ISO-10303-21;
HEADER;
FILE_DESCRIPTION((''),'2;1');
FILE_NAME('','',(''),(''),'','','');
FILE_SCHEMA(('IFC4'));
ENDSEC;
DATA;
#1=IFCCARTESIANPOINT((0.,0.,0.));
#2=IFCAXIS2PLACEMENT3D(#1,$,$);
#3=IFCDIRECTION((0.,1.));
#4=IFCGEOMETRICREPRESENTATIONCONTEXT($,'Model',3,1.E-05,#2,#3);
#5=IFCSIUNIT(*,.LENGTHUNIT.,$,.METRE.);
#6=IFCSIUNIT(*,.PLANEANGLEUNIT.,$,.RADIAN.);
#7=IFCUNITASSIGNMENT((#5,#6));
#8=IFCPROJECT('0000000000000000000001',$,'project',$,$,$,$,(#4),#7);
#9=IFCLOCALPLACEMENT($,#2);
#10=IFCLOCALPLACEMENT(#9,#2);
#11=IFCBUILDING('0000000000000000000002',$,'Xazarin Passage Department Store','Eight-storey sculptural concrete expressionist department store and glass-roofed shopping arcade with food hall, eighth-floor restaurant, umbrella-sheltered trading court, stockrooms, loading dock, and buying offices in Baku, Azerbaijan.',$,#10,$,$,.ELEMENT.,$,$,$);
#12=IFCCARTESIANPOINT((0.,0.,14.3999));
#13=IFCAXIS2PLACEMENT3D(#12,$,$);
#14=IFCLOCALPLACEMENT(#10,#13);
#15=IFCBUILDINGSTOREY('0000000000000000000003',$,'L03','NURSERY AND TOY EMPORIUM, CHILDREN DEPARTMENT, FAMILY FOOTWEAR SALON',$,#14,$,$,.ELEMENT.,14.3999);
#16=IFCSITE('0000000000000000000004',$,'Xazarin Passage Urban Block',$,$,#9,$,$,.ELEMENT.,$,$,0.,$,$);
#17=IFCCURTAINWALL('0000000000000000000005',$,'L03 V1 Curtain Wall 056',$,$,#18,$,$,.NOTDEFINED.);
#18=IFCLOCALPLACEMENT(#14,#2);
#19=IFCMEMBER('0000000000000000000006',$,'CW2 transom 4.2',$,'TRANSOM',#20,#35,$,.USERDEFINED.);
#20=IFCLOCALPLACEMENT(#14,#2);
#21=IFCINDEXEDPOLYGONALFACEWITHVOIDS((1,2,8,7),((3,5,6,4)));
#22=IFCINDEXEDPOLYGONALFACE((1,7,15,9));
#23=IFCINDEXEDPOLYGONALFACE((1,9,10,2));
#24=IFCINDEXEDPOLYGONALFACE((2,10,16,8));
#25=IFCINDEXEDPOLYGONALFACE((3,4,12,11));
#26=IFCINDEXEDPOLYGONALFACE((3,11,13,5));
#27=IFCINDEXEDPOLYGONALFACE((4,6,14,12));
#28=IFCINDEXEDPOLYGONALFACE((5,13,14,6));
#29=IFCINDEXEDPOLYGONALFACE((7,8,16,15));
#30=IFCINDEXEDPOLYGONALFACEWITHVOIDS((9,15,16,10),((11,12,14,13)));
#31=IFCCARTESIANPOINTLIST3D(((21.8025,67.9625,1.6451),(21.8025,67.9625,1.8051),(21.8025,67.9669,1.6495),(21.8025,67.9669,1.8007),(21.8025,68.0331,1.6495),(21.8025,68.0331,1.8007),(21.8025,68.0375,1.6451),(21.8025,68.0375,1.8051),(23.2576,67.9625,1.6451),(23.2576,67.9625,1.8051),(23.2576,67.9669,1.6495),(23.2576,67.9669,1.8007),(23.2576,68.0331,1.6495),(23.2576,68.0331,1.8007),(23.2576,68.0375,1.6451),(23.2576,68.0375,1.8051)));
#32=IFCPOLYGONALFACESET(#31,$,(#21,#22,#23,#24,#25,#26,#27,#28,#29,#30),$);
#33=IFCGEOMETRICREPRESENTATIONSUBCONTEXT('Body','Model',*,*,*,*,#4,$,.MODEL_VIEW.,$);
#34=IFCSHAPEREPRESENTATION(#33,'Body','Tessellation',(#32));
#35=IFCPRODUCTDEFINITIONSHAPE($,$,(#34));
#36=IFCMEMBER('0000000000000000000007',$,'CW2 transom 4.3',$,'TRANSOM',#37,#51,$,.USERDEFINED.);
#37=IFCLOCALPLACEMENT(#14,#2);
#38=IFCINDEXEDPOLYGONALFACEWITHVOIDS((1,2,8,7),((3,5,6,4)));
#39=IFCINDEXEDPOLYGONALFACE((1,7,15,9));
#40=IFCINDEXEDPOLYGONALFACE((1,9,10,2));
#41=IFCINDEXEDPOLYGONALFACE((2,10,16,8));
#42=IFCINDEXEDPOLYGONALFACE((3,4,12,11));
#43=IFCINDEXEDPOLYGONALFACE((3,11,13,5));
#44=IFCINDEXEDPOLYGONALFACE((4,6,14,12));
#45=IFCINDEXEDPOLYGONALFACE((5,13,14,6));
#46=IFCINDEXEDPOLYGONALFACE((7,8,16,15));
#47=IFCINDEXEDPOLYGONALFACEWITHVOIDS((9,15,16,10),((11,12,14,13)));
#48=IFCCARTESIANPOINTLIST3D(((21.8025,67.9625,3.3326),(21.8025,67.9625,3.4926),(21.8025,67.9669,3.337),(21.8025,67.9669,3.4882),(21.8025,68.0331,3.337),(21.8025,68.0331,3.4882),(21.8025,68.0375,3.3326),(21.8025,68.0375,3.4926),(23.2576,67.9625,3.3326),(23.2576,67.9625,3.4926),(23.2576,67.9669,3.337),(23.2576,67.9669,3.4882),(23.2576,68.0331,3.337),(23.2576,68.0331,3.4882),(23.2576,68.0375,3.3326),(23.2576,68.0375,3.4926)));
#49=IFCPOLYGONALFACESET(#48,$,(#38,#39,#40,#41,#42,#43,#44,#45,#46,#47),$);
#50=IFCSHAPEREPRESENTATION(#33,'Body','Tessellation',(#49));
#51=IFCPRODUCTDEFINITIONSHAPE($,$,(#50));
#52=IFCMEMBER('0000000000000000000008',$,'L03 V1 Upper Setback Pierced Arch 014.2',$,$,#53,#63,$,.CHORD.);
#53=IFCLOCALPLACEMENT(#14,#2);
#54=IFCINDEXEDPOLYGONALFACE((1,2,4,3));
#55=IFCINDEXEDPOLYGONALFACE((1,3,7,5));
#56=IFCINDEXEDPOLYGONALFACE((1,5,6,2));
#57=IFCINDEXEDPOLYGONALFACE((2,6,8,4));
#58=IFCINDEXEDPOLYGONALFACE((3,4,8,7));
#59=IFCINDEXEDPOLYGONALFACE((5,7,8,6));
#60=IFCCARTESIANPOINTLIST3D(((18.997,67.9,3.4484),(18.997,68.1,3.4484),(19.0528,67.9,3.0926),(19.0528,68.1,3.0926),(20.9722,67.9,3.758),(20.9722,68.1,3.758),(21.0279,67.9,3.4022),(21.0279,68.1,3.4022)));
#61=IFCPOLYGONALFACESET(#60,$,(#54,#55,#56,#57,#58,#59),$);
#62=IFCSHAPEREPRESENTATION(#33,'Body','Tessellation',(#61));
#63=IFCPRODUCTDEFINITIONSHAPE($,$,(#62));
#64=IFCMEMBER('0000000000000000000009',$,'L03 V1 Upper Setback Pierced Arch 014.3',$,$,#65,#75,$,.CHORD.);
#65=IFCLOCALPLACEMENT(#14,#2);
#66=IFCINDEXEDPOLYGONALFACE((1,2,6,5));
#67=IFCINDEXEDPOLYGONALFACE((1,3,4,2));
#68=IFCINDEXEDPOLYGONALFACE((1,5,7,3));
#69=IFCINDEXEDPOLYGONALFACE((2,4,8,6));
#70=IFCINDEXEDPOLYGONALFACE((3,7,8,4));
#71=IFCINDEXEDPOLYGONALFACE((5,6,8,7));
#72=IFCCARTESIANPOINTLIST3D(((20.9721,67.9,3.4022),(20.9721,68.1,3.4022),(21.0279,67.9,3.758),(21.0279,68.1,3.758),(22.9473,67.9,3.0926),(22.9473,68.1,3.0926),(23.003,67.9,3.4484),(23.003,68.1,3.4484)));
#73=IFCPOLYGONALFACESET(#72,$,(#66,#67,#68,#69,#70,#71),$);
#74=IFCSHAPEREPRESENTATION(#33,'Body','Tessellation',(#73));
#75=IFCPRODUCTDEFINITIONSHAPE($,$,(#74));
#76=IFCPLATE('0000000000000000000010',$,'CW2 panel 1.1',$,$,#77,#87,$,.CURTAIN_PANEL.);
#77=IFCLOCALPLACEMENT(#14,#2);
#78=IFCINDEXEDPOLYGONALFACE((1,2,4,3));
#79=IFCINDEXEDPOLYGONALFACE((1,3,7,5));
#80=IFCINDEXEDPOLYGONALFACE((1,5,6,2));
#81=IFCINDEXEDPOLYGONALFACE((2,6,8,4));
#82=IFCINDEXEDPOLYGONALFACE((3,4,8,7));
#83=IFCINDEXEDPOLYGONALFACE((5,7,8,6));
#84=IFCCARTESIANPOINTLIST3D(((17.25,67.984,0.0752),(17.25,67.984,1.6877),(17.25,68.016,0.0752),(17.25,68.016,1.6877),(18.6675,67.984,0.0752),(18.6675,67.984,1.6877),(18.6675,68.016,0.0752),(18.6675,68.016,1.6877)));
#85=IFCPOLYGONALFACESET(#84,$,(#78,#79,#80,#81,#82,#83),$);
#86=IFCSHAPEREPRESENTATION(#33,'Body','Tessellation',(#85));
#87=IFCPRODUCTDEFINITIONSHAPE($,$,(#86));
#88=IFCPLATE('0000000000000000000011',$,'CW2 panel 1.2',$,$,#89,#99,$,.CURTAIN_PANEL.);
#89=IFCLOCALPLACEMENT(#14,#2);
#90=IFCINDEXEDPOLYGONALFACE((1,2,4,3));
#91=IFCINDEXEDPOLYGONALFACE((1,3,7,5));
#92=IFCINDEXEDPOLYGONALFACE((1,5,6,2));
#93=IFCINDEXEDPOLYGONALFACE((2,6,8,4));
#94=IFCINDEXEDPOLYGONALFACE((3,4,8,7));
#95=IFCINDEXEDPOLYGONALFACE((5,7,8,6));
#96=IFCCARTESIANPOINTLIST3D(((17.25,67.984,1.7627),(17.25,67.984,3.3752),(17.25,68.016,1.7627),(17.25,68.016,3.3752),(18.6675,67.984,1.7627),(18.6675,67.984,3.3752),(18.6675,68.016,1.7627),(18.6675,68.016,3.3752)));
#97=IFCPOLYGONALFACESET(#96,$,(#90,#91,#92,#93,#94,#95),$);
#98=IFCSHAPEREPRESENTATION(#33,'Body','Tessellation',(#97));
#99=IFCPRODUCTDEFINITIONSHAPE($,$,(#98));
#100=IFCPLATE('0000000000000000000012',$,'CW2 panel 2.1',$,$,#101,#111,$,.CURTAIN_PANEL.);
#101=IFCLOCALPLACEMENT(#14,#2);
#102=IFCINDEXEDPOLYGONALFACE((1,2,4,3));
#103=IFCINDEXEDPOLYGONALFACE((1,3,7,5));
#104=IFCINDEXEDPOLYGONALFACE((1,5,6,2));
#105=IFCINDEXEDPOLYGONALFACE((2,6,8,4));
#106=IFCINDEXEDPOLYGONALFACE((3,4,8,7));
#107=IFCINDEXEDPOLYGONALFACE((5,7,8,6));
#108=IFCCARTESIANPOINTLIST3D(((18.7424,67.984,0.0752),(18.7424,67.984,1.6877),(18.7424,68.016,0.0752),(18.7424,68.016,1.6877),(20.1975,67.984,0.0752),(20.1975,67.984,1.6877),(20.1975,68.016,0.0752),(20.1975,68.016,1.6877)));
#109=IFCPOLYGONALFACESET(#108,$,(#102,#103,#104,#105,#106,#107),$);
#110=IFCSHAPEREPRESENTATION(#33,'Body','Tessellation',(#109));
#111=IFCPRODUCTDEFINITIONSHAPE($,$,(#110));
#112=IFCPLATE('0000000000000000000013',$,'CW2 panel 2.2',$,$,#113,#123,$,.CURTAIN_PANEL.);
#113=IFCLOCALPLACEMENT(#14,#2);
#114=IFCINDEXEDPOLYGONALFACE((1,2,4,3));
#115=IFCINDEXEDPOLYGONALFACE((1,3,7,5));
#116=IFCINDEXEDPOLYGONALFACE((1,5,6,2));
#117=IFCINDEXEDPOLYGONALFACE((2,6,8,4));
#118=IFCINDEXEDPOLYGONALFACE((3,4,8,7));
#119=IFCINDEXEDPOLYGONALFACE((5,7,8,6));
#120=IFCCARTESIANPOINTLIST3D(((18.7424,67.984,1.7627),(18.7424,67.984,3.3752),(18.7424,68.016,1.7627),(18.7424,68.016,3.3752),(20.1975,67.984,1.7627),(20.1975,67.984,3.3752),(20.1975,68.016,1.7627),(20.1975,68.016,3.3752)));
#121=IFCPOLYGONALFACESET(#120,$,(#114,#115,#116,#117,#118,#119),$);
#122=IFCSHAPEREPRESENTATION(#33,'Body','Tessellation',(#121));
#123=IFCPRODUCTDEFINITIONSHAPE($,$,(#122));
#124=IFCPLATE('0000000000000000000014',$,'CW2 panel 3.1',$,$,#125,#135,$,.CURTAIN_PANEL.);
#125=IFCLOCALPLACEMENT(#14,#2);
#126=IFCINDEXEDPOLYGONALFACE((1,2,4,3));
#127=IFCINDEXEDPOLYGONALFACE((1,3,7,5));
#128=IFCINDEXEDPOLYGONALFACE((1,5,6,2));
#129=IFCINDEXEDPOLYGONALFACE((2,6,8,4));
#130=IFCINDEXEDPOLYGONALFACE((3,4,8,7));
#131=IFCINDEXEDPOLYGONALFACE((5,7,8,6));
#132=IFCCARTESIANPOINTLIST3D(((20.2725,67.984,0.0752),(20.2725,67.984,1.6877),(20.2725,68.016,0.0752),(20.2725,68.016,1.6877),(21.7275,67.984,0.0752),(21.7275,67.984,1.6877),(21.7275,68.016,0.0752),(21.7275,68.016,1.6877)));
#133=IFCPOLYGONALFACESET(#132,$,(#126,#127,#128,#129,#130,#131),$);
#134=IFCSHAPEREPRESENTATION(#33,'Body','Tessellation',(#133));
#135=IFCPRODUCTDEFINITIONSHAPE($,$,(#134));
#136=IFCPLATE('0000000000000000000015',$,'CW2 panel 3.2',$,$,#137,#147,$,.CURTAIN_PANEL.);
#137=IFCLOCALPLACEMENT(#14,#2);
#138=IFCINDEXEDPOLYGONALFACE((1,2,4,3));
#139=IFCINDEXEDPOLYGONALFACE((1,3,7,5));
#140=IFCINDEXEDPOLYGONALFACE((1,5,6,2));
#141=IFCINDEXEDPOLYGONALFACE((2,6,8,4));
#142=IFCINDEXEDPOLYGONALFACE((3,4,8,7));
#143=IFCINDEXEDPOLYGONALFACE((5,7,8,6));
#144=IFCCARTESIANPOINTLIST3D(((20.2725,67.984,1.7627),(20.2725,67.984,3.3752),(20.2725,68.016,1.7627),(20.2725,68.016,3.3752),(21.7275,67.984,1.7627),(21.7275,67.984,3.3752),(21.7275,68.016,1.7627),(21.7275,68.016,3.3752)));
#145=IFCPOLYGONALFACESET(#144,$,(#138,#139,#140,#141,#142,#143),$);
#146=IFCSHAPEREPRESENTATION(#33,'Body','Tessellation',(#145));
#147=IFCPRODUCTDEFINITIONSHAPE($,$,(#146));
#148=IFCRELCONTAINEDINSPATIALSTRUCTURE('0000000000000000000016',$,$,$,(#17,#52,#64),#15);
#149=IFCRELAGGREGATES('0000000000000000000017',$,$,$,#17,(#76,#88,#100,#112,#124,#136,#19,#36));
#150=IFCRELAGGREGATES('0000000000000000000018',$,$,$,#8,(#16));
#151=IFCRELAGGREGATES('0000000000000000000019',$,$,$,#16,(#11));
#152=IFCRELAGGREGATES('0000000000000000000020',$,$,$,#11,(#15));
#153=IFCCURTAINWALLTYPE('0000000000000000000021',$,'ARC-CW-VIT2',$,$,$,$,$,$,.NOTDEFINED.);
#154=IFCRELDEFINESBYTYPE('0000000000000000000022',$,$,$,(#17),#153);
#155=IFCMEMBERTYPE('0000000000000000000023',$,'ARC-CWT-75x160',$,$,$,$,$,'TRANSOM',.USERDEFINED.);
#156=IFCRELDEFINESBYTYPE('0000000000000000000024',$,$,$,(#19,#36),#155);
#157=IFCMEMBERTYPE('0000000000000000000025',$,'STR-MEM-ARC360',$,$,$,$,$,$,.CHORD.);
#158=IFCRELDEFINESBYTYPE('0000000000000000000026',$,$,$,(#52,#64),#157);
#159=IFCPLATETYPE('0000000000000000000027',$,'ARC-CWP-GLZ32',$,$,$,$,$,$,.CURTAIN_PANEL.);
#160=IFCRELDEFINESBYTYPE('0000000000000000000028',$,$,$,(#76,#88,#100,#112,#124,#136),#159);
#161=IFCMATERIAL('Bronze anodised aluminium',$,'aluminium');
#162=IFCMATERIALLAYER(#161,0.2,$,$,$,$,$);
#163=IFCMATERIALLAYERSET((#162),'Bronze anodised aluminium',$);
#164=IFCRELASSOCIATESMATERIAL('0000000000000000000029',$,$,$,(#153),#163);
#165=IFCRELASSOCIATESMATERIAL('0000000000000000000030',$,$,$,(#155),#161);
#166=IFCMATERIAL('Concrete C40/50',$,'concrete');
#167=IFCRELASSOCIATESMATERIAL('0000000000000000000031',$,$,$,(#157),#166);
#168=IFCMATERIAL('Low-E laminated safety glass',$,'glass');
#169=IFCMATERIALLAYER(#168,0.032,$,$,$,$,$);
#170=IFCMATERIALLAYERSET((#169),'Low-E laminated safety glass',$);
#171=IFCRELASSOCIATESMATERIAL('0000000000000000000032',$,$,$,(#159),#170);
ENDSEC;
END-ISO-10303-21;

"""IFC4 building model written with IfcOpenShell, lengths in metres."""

from ifc_helpers import new_model, si_unit, direction, frame, origin, origin_2d, place, context, subcontext, project, spatial, rectangle, hollow_rectangle, extrude, material, layer, layer_set, material_profile, profile_set, type_object, element, aggregate, save


model = new_model("IFC4")

# Units and contexts
model_context = context("Model", 3, precision=1e-05, world=origin(), true_north=direction((0.0, 1.0)))
body_context = subcontext(model_context, "Body", "Model", "MODEL_VIEW")
ifc_project = project(units=[si_unit("LENGTHUNIT", "METRE"), si_unit("PLANEANGLEUNIT", "RADIAN")], contexts=[model_context])

# Site, building, storey
site_placement = place(None, origin())
site = spatial("IfcSite", under=ifc_project, at=site_placement, Name="Xazarin Passage Urban Block", CompositionType="ELEMENT", RefElevation=0.0)
building_placement = place(site_placement, origin())
building = spatial("IfcBuilding", under=site, at=building_placement, Name="Xazarin Passage Department Store", Description="Eight-storey sculptural concrete expressionist department store and glass-roofed shopping arcade with food hall, eighth-floor restaurant, umbrella-sheltered trading court, stockrooms, loading dock, and buying offices in Baku, Azerbaijan.", CompositionType="ELEMENT")
storey_placement = place(building_placement, frame((0.0, 0.0, 14.3999)))
storey = spatial("IfcBuildingStorey", under=building, at=storey_placement, Name="L03", Description="NURSERY AND TOY EMPORIUM, CHILDREN DEPARTMENT, FAMILY FOOTWEAR SALON", CompositionType="ELEMENT", Elevation=14.3999)

# Curtain wall, members
ifc_material_1 = material(Name="Bronze anodised aluminium", Category="aluminium")
ifc_layer_1 = layer(ifc_material_1, 0.2)
ifc_layer_set_1 = layer_set([ifc_layer_1], Name="Bronze anodised aluminium")
curtain_wall_type = type_object("IfcCurtainWallType", Name="ARC-CW-VIT2", PredefinedType="NOTDEFINED", material=ifc_layer_set_1)
curtain_wall_placement = place(storey_placement, origin())
curtain_wall = element("IfcCurtainWall", 1, at=curtain_wall_placement, inside=storey, type_object=curtain_wall_type, Name="L03 V1 Curtain Wall 056", PredefinedType="NOTDEFINED")
ifc_material_profile_1 = material_profile(ifc_material_1, hollow_rectangle(XDim=0.075, YDim=0.1599, WallThickness=0.0044, at=origin_2d()), Name="ALU 75x160")
ifc_profile_set_1 = profile_set([ifc_material_profile_1], Name="Bronze anodised aluminium")
member_type_1 = type_object("IfcMemberType", Name="ARC-CWT-75x160", ElementType="TRANSOM", PredefinedType="USERDEFINED", material=ifc_profile_set_1)
member_1_placement = place(storey_placement, frame((21.8025, 68.0, 1.7251), z_axis=(1.0, 0.0, 0.0), x_axis=(0.0, 1.0, 0.0)))
member_1 = element("IfcMember", 2, at=member_1_placement, type_object=member_type_1, Name="CW2 transom 4.2", ObjectType="TRANSOM", PredefinedType="USERDEFINED", context=body_context, shape_type="SweptSolid", body=[
    extrude(hollow_rectangle(XDim=0.075, YDim=0.1599, WallThickness=0.0044, at=origin_2d()), origin(), (0.0, 0.0, 1.0), 1.4551),
])
member_2_placement = place(storey_placement, frame((21.8025, 68.0, 3.4126), z_axis=(1.0, 0.0, 0.0), x_axis=(0.0, 1.0, 0.0)))
member_2 = element("IfcMember", 3, at=member_2_placement, type_object=member_type_1, Name="CW2 transom 4.3", ObjectType="TRANSOM", PredefinedType="USERDEFINED", context=body_context, shape_type="SweptSolid", body=[
    extrude(hollow_rectangle(XDim=0.075, YDim=0.1599, WallThickness=0.0044, at=origin_2d()), origin(), (0.0, 0.0, 1.0), 1.4551),
])

# Members
ifc_material_2 = material(Name="Concrete C40/50", Category="concrete")
ifc_material_profile_2 = material_profile(ifc_material_2, rectangle(XDim=0.2, YDim=0.3601, at=origin_2d()), Name="RC 200x360")
ifc_profile_set_2 = profile_set([ifc_material_profile_2], Name="Concrete C40/50")
member_type_2 = type_object("IfcMemberType", Name="STR-MEM-ARC360", PredefinedType="CHORD", material=ifc_profile_set_2)
for number, where, z_axis, x_axis, name in (
    (4, (19.0249, 68.0, 3.2705), (0.987939, 0.0, 0.154846), (0.0, 1.0, 0.0), "L03 V1 Upper Setback Pierced Arch 014.2"),
    (5, (21.0, 68.0, 3.5801), (0.987939, 0.0, -0.154846), (0.0, 1.0, 0.0), "L03 V1 Upper Setback Pierced Arch 014.3"),
):
    element("IfcMember", number, at=place(storey_placement, frame(where, z_axis=z_axis, x_axis=x_axis)), inside=storey, type_object=member_type_2, Name=name, PredefinedType="CHORD", context=body_context, shape_type="SweptSolid", body=[
        extrude(rectangle(XDim=0.2, YDim=0.3601, at=origin_2d()), origin(), (0.0, 0.0, 1.0), 1.9993),
    ])

# Plates
ifc_material_3 = material(Name="Low-E laminated safety glass", Category="glass")
ifc_layer_2 = layer(ifc_material_3, 0.032)
ifc_layer_set_2 = layer_set([ifc_layer_2], Name="Low-E laminated safety glass")
plate_type = type_object("IfcPlateType", Name="ARC-CWP-GLZ32", PredefinedType="CURTAIN_PANEL", material=ifc_layer_set_2)
plate_1_placement = place(storey_placement, frame((17.9587, 68.0, 0.0752), z_axis=(0.0, 0.0, 1.0), x_axis=(1.0, 0.0, 0.0)))
plate_1 = element("IfcPlate", 6, at=plate_1_placement, type_object=plate_type, Name="CW2 panel 1.1", PredefinedType="CURTAIN_PANEL", context=body_context, shape_type="SweptSolid", body=[
    extrude(rectangle(XDim=1.4175, YDim=0.032, at=origin_2d()), origin(), (0.0, 0.0, 1.0), 1.6125),
])
plate_2_placement = place(storey_placement, frame((17.9587, 68.0, 1.7627), z_axis=(0.0, 0.0, 1.0), x_axis=(1.0, 0.0, 0.0)))
plate_2 = element("IfcPlate", 7, at=plate_2_placement, type_object=plate_type, Name="CW2 panel 1.2", PredefinedType="CURTAIN_PANEL", context=body_context, shape_type="SweptSolid", body=[
    extrude(rectangle(XDim=1.4175, YDim=0.032, at=origin_2d()), origin(), (0.0, 0.0, 1.0), 1.6125),
])
plate_3_placement = place(storey_placement, frame((19.47, 68.0, 0.0752), z_axis=(0.0, 0.0, 1.0), x_axis=(1.0, 0.0, 0.0)))
plate_3 = element("IfcPlate", 8, at=plate_3_placement, type_object=plate_type, Name="CW2 panel 2.1", PredefinedType="CURTAIN_PANEL", context=body_context, shape_type="SweptSolid", body=[
    extrude(rectangle(XDim=1.4551, YDim=0.032, at=origin_2d()), origin(), (0.0, 0.0, 1.0), 1.6125),
])
plate_4_placement = place(storey_placement, frame((19.47, 68.0, 1.7627), z_axis=(0.0, 0.0, 1.0), x_axis=(1.0, 0.0, 0.0)))
plate_4 = element("IfcPlate", 9, at=plate_4_placement, type_object=plate_type, Name="CW2 panel 2.2", PredefinedType="CURTAIN_PANEL", context=body_context, shape_type="SweptSolid", body=[
    extrude(rectangle(XDim=1.4551, YDim=0.032, at=origin_2d()), origin(), (0.0, 0.0, 1.0), 1.6125),
])
plate_5_placement = place(storey_placement, frame((21.0, 68.0, 0.0752), z_axis=(0.0, 0.0, 1.0), x_axis=(1.0, 0.0, 0.0)))
plate_5 = element("IfcPlate", 10, at=plate_5_placement, type_object=plate_type, Name="CW2 panel 3.1", PredefinedType="CURTAIN_PANEL", context=body_context, shape_type="SweptSolid", body=[
    extrude(rectangle(XDim=1.4551, YDim=0.032, at=origin_2d()), origin(), (0.0, 0.0, 1.0), 1.6125),
])
plate_6_placement = place(storey_placement, frame((21.0, 68.0, 1.7627), z_axis=(0.0, 0.0, 1.0), x_axis=(1.0, 0.0, 0.0)))
plate_6 = element("IfcPlate", 11, at=plate_6_placement, type_object=plate_type, Name="CW2 panel 3.2", PredefinedType="CURTAIN_PANEL", context=body_context, shape_type="SweptSolid", body=[
    extrude(rectangle(XDim=1.4551, YDim=0.032, at=origin_2d()), origin(), (0.0, 0.0, 1.0), 1.6125),
])
aggregate(curtain_wall, [plate_1, plate_2, plate_3, plate_4, plate_5, plate_6, member_1, member_2])

save(model, "model.ifc")
